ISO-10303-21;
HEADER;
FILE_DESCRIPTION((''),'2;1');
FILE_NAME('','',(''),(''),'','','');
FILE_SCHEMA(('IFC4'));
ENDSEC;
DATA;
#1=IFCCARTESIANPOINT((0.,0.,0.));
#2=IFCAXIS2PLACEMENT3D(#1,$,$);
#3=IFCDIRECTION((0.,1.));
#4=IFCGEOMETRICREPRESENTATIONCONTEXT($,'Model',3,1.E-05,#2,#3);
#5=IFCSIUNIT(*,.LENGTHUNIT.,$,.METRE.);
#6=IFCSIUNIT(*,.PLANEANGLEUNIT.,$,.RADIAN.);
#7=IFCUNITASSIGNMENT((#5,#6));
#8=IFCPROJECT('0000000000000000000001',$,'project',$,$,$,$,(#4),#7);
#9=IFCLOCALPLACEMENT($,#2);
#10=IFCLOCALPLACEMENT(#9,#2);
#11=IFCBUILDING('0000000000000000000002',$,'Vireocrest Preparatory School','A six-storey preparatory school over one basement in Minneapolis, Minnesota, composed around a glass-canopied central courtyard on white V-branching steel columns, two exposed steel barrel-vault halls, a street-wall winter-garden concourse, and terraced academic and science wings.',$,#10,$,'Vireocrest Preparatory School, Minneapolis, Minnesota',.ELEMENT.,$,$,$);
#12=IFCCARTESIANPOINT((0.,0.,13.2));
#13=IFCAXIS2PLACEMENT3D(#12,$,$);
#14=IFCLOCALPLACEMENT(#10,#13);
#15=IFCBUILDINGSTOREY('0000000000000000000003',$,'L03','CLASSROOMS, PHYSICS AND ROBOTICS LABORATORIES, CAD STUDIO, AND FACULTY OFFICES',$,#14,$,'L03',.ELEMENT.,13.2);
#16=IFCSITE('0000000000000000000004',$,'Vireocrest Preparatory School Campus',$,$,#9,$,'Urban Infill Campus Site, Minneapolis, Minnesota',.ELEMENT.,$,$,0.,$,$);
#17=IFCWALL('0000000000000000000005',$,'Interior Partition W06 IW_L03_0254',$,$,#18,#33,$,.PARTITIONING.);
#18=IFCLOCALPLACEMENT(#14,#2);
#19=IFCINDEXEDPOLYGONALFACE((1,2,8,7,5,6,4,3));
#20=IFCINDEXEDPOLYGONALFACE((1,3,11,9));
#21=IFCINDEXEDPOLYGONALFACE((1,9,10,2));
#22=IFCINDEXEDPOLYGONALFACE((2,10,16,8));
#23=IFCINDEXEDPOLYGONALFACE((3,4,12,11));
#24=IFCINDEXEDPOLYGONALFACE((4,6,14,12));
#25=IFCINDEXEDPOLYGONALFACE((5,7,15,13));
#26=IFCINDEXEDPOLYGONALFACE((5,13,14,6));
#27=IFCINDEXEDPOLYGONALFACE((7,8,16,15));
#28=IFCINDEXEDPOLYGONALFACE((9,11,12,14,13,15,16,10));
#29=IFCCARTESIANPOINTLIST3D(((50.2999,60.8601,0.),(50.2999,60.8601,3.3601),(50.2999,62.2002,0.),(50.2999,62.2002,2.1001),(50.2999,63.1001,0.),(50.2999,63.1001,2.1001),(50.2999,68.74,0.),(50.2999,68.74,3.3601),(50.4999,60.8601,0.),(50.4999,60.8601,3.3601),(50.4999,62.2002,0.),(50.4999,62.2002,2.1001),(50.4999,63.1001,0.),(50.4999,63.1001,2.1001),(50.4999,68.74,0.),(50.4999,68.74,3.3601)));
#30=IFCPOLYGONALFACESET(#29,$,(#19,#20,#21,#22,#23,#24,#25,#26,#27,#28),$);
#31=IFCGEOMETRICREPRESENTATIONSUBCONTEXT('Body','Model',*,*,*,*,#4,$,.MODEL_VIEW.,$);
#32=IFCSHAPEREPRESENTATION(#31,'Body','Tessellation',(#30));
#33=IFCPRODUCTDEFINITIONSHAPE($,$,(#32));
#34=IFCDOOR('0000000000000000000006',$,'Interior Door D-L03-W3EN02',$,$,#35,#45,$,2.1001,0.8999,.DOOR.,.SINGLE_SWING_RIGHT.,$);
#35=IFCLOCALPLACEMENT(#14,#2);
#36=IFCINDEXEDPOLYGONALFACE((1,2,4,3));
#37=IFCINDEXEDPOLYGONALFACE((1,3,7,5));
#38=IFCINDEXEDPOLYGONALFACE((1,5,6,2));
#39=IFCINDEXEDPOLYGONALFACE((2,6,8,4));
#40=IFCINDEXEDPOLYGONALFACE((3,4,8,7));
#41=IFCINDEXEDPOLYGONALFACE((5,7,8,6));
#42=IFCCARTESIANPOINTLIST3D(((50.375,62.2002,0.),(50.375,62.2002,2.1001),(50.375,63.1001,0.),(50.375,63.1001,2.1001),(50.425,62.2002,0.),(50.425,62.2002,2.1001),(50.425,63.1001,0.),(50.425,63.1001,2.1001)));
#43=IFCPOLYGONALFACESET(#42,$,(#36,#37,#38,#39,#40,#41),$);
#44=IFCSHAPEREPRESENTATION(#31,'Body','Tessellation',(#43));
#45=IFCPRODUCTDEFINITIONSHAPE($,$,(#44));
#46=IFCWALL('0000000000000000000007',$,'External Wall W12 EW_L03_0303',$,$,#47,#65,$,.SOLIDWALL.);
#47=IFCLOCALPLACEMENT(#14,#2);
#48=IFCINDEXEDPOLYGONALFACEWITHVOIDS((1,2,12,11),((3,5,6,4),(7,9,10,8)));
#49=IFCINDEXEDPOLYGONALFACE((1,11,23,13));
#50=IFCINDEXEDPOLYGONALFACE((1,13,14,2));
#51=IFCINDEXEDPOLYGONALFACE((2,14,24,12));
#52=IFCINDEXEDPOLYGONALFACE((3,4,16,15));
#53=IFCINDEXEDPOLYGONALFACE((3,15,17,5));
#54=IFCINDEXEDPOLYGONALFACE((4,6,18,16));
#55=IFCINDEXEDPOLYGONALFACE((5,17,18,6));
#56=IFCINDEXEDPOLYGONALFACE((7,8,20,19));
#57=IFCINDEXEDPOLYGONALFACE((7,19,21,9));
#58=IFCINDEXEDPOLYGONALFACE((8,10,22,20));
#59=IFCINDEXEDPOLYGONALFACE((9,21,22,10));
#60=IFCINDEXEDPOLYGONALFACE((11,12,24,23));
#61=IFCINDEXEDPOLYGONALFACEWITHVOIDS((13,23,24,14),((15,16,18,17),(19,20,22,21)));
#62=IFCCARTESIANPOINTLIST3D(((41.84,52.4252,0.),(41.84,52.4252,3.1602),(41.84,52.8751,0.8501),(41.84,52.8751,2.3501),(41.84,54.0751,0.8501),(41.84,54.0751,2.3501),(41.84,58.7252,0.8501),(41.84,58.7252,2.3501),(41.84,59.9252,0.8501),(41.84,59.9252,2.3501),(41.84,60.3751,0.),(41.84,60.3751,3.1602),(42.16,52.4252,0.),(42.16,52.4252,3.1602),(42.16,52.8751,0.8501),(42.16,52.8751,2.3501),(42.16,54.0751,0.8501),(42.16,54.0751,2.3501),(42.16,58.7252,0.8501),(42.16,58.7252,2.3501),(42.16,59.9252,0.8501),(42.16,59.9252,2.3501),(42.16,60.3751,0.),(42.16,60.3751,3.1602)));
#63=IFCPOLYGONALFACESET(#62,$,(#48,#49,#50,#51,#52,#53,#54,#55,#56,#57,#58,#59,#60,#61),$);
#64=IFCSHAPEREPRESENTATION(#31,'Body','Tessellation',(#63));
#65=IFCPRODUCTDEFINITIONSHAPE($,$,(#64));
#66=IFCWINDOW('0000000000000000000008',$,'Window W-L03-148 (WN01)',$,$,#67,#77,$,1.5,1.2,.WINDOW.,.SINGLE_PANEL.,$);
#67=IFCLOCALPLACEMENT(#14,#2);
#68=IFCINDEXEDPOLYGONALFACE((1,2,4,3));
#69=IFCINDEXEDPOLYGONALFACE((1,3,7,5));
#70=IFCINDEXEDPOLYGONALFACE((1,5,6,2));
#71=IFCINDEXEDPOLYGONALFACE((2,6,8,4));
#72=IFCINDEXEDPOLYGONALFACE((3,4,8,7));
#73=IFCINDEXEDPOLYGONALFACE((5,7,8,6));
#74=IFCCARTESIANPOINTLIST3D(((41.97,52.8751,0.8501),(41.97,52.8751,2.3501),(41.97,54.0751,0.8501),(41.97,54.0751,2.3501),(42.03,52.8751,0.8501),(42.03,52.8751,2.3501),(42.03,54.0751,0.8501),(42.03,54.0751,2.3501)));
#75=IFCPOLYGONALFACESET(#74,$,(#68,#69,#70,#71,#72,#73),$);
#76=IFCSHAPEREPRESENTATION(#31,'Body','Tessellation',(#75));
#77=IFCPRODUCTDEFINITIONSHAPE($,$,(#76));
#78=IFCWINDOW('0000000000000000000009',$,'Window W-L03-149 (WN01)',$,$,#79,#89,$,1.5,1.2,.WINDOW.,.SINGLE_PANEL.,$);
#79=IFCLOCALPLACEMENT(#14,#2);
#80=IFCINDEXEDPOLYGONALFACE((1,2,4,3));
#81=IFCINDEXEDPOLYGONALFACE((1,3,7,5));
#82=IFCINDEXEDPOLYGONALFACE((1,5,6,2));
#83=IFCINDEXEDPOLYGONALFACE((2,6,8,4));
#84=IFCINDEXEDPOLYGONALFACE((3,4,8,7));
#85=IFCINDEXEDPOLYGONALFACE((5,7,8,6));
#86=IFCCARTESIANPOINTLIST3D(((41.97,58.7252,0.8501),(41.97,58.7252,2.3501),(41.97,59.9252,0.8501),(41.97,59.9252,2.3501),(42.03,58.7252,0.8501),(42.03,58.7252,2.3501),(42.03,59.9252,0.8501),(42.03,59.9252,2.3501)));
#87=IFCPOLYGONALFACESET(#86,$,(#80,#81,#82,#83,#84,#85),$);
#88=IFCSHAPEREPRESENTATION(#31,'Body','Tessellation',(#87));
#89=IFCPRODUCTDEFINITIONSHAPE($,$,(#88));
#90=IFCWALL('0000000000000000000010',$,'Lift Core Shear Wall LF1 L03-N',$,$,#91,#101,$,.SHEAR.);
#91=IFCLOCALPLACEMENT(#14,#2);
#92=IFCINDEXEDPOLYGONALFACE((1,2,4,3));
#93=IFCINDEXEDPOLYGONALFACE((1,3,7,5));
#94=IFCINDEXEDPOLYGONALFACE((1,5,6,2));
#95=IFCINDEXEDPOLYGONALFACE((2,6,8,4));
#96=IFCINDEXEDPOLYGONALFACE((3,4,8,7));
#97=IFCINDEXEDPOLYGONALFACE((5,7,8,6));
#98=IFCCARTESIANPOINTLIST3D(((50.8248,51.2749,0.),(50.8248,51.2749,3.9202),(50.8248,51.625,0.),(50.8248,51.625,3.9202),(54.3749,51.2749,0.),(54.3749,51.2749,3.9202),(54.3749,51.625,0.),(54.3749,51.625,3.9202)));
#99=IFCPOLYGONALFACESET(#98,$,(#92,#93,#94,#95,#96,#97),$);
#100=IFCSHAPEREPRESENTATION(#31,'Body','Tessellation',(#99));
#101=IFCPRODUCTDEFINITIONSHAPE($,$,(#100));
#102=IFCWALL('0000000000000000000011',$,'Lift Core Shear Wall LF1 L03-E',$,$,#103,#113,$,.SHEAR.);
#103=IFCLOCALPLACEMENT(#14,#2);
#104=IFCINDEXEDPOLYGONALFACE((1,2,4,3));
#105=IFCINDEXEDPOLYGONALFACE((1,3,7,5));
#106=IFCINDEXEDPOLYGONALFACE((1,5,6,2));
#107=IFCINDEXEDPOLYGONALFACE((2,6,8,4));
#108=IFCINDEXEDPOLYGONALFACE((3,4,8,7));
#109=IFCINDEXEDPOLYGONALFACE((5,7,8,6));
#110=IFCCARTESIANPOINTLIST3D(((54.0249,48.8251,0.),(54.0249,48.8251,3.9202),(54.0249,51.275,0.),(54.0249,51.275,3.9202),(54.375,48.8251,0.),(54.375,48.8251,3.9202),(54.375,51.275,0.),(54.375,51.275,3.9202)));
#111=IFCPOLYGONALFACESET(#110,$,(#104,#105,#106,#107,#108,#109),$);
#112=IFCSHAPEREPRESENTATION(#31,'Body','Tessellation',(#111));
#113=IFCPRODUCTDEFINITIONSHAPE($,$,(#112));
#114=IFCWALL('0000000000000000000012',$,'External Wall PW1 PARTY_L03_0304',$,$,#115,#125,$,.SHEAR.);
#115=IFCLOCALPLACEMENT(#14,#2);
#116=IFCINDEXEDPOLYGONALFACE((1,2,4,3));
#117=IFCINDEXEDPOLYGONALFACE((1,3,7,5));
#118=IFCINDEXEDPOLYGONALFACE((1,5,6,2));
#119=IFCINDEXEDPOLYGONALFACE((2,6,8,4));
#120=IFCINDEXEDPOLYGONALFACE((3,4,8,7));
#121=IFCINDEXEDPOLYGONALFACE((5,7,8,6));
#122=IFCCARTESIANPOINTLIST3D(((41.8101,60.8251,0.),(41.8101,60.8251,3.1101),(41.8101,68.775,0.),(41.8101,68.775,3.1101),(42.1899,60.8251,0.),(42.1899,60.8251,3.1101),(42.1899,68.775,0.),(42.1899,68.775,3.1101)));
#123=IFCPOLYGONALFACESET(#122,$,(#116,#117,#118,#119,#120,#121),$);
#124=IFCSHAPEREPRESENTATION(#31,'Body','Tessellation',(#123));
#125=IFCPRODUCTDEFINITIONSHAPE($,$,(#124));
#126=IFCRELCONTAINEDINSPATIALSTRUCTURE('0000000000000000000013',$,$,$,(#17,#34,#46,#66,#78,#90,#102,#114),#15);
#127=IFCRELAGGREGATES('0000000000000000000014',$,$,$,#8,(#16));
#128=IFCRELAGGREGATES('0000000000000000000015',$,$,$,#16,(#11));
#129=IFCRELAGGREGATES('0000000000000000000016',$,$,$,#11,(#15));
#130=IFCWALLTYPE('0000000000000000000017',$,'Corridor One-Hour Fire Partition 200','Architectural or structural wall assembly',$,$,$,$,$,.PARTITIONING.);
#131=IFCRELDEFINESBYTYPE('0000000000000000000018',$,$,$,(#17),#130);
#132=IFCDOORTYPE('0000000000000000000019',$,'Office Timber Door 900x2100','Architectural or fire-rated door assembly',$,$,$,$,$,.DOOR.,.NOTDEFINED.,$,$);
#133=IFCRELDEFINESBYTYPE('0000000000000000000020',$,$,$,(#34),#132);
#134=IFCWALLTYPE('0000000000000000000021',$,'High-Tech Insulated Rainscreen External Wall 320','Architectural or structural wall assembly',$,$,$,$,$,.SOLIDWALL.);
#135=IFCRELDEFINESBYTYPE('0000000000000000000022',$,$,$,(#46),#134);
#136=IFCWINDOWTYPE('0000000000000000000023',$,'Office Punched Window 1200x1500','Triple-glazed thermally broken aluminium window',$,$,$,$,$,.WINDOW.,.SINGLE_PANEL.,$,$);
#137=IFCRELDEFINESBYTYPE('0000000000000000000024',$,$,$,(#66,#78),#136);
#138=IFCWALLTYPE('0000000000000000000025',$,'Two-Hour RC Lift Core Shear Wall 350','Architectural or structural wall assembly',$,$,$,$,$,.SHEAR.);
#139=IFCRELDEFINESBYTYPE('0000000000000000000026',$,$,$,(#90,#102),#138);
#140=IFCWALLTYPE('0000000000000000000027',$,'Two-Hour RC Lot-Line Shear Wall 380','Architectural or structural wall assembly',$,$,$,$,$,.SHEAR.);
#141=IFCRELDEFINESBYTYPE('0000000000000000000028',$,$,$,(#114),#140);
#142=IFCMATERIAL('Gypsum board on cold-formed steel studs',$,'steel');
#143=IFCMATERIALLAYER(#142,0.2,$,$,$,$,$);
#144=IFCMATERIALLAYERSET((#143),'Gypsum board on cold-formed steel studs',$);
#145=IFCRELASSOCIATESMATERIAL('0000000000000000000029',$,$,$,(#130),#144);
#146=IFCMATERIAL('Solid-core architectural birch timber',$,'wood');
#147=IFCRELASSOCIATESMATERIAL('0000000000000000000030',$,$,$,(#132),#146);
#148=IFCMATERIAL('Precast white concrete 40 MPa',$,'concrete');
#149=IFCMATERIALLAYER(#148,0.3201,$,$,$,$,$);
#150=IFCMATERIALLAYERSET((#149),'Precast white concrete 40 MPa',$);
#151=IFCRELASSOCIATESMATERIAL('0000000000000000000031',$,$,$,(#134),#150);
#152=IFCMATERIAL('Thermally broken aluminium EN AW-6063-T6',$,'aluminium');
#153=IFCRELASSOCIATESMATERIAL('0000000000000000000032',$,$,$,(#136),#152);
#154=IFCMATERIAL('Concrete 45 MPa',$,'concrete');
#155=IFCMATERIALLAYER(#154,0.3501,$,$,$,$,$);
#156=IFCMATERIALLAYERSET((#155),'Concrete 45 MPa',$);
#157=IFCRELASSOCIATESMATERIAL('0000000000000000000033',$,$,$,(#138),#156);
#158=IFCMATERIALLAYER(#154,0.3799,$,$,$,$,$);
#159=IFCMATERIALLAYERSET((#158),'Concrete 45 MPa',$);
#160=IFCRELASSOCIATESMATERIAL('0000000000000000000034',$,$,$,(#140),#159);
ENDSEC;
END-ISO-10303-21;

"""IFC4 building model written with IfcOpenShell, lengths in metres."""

from ifc_helpers import new_model, si_unit, direction, frame, frame_2d, origin, place, context, subcontext, project, spatial, rectangle, extrude, material, layer, layer_set, type_object, element, fill, save


model = new_model("IFC4")

# Units and contexts
model_context = context("Model", 3, precision=1e-05, world=origin(), true_north=direction((0.0, 1.0)))
body_context = subcontext(model_context, "Body", "Model", "MODEL_VIEW")
ifc_project = project(units=[si_unit("LENGTHUNIT", "METRE"), si_unit("PLANEANGLEUNIT", "RADIAN")], contexts=[model_context])

# Site, building, storey
site_placement = place(None, origin())
site = spatial("IfcSite", under=ifc_project, at=site_placement, Name="Vireocrest Preparatory School Campus", LongName="Urban Infill Campus Site, Minneapolis, Minnesota", CompositionType="ELEMENT", RefElevation=0.0)
building_placement = place(site_placement, origin())
building = spatial("IfcBuilding", under=site, at=building_placement, Name="Vireocrest Preparatory School", Description="A six-storey preparatory school over one basement in Minneapolis, Minnesota, composed around a glass-canopied central courtyard on white V-branching steel columns, two exposed steel barrel-vault halls, a street-wall winter-garden concourse, and terraced academic and science wings.", LongName="Vireocrest Preparatory School, Minneapolis, Minnesota", CompositionType="ELEMENT")
storey_placement = place(building_placement, frame((0.0, 0.0, 13.2)))
storey = spatial("IfcBuildingStorey", under=building, at=storey_placement, Name="L03", Description="CLASSROOMS, PHYSICS AND ROBOTICS LABORATORIES, CAD STUDIO, AND FACULTY OFFICES", LongName="L03", CompositionType="ELEMENT", Elevation=13.2)

# Shared definitions
ifc_material_1 = material(Name="Concrete 45 MPa", Category="concrete")

# Shared definitions
ifc_material_2 = material(Name="Thermally broken aluminium EN AW-6063-T6", Category="aluminium")

# Shared definitions
ifc_material_3 = material(Name="Gypsum board on cold-formed steel studs", Category="steel")

# Wall, opening, door
ifc_layer_1 = layer(ifc_material_3, 0.2)
ifc_layer_set_1 = layer_set([ifc_layer_1], Name="Gypsum board on cold-formed steel studs")
wall_type_1 = type_object("IfcWallType", Name="Corridor One-Hour Fire Partition 200", Description="Architectural or structural wall assembly", PredefinedType="PARTITIONING", material=ifc_layer_set_1)
ifc_material_4 = material(Name="Solid-core architectural birch timber", Category="wood")
wall_1_placement = place(storey_placement, frame((50.3999, 60.8601, 0.0), z_axis=(0.0, 0.0, 1.0), x_axis=(0.0, 1.0, 0.0)))
wall_1 = element("IfcWall", 1, at=wall_1_placement, inside=storey, type_object=wall_type_1, Name="Interior Partition W06 IW_L03_0254", PredefinedType="PARTITIONING", context=body_context, shape_type="SweptSolid", body=[
    extrude(rectangle(XDim=7.8799, YDim=0.2, at=frame_2d((3.9399, 0.0))), origin(), (0.0, 0.0, 1.0), 3.3601),
])
opening_1_placement = place(wall_1_placement, frame((1.3401, 0.0, 0.0)))
opening_1 = element("IfcOpeningElement", 2, at=opening_1_placement, cuts=wall_1, PredefinedType="OPENING", context=body_context, shape_type="SweptSolid", body=[
    extrude(rectangle(XDim=0.8999, YDim=2.1001, at=frame_2d((0.45, 1.05))), frame((0.0, 0.1099, 0.0), z_axis=(0.0, -1.0, 0.0), x_axis=(1.0, 0.0, 0.0)), (0.0, 0.0, 1.0), 0.22),
])
door_type_1 = type_object("IfcDoorType", Name="Office Timber Door 900x2100", Description="Architectural or fire-rated door assembly", OperationType="NOTDEFINED", PredefinedType="DOOR", material=ifc_material_4)
door_1_placement = place(opening_1_placement, origin())
door_1 = element("IfcDoor", 3, at=door_1_placement, inside=storey, type_object=door_type_1, Name="Interior Door D-L03-W3EN02", OperationType="SINGLE_SWING_RIGHT", OverallHeight=2.1001, OverallWidth=0.8999, PredefinedType="DOOR", context=body_context, shape_type="SweptSolid", body=[
    extrude(rectangle(XDim=0.8999, YDim=2.1001, at=frame_2d((0.45, 1.05))), frame((0.0, 0.0249, 0.0), z_axis=(0.0, -1.0, 0.0), x_axis=(1.0, 0.0, 0.0)), (0.0, 0.0, 1.0), 0.05),
])
fill(opening_1, door_1)

# Wall, openings, windows
ifc_material_5 = material(Name="Precast white concrete 40 MPa", Category="concrete")
ifc_layer_2 = layer(ifc_material_5, 0.3201)
ifc_layer_set_2 = layer_set([ifc_layer_2], Name="Precast white concrete 40 MPa")
wall_type_2 = type_object("IfcWallType", Name="High-Tech Insulated Rainscreen External Wall 320", Description="Architectural or structural wall assembly", PredefinedType="SOLIDWALL", material=ifc_layer_set_2)
wall_2_placement = place(storey_placement, frame((42.0, 52.425, 0.0), z_axis=(0.0, 0.0, 1.0), x_axis=(0.0, 1.0, 0.0)))
wall_2 = element("IfcWall", 4, at=wall_2_placement, inside=storey, type_object=wall_type_2, Name="External Wall W12 EW_L03_0303", PredefinedType="SOLIDWALL", context=body_context, shape_type="SweptSolid", body=[
    extrude(rectangle(XDim=7.95, YDim=0.3201, at=frame_2d((3.9751, 0.0))), origin(), (0.0, 0.0, 1.0), 3.1602),
])
opening_2_placement = place(wall_2_placement, frame((0.45, 0.0, 0.8501)))
opening_2 = element("IfcOpeningElement", 5, at=opening_2_placement, cuts=wall_2, PredefinedType="OPENING", context=body_context, shape_type="SweptSolid", body=[
    extrude(rectangle(XDim=1.2, YDim=1.5, at=frame_2d((0.6001, 0.75))), frame((0.0, 0.1699, 0.0), z_axis=(0.0, -1.0, 0.0), x_axis=(1.0, 0.0, 0.0)), (0.0, 0.0, 1.0), 0.3401),
])
opening_3_placement = place(wall_2_placement, frame((6.3, 0.0, 0.8501)))
opening_3 = element("IfcOpeningElement", 6, at=opening_3_placement, cuts=wall_2, PredefinedType="OPENING", context=body_context, shape_type="SweptSolid", body=[
    extrude(rectangle(XDim=1.2, YDim=1.5, at=frame_2d((0.6001, 0.75))), frame((0.0, 0.1699, 0.0), z_axis=(0.0, -1.0, 0.0), x_axis=(1.0, 0.0, 0.0)), (0.0, 0.0, 1.0), 0.3401),
])
window_type = type_object("IfcWindowType", Name="Office Punched Window 1200x1500", Description="Triple-glazed thermally broken aluminium window", PartitioningType="SINGLE_PANEL", PredefinedType="WINDOW", material=ifc_material_2)
window_1_placement = place(opening_2_placement, origin())
window_1 = element("IfcWindow", 7, at=window_1_placement, inside=storey, type_object=window_type, Name="Window W-L03-148 (WN01)", OverallHeight=1.5, OverallWidth=1.2, PartitioningType="SINGLE_PANEL", PredefinedType="WINDOW", context=body_context, shape_type="SweptSolid", body=[
    extrude(rectangle(XDim=1.2, YDim=1.5, at=frame_2d((0.6001, 0.75))), frame((0.0, 0.03, 0.0), z_axis=(0.0, -1.0, 0.0), x_axis=(1.0, 0.0, 0.0)), (0.0, 0.0, 1.0), 0.0601),
])
fill(opening_2, window_1)
window_2_placement = place(opening_3_placement, origin())
window_2 = element("IfcWindow", 8, at=window_2_placement, inside=storey, type_object=window_type, Name="Window W-L03-149 (WN01)", OverallHeight=1.5, OverallWidth=1.2, PartitioningType="SINGLE_PANEL", PredefinedType="WINDOW", context=body_context, shape_type="SweptSolid", body=[
    extrude(rectangle(XDim=1.2, YDim=1.5, at=frame_2d((0.6001, 0.75))), frame((0.0, 0.03, 0.0), z_axis=(0.0, -1.0, 0.0), x_axis=(1.0, 0.0, 0.0)), (0.0, 0.0, 1.0), 0.0601),
])
fill(opening_3, window_2)

# Walls
ifc_layer_3 = layer(ifc_material_1, 0.3501)
ifc_layer_set_3 = layer_set([ifc_layer_3], Name="Concrete 45 MPa")
wall_type_3 = type_object("IfcWallType", Name="Two-Hour RC Lift Core Shear Wall 350", Description="Architectural or structural wall assembly", PredefinedType="SHEAR", material=ifc_layer_set_3)
wall_3_placement = place(storey_placement, frame((50.825, 51.45, 0.0), z_axis=(0.0, 0.0, 1.0), x_axis=(1.0, 0.0, 0.0)))
element("IfcWall", 9, at=wall_3_placement, inside=storey, type_object=wall_type_3, Name="Lift Core Shear Wall LF1 L03-N", PredefinedType="SHEAR", context=body_context, shape_type="SweptSolid", body=[
    extrude(rectangle(XDim=3.55, YDim=0.3501, at=frame_2d((1.7749, 0.0))), origin(), (0.0, 0.0, 1.0), 3.9202),
])
wall_4_placement = place(storey_placement, frame((54.2, 48.825, 0.0), z_axis=(0.0, 0.0, 1.0), x_axis=(0.0, 1.0, 0.0)))
element("IfcWall", 10, at=wall_4_placement, inside=storey, type_object=wall_type_3, Name="Lift Core Shear Wall LF1 L03-E", PredefinedType="SHEAR", context=body_context, shape_type="SweptSolid", body=[
    extrude(rectangle(XDim=2.45, YDim=0.3501, at=frame_2d((1.2251, 0.0))), origin(), (0.0, 0.0, 1.0), 3.9202),
])
ifc_layer_4 = layer(ifc_material_1, 0.3799)
ifc_layer_set_4 = layer_set([ifc_layer_4], Name="Concrete 45 MPa")
wall_type_4 = type_object("IfcWallType", Name="Two-Hour RC Lot-Line Shear Wall 380", Description="Architectural or structural wall assembly", PredefinedType="SHEAR", material=ifc_layer_set_4)
wall_5_placement = place(storey_placement, frame((42.0, 60.825, 0.0), z_axis=(0.0, 0.0, 1.0), x_axis=(0.0, 1.0, 0.0)))
element("IfcWall", 11, at=wall_5_placement, inside=storey, type_object=wall_type_4, Name="External Wall PW1 PARTY_L03_0304", PredefinedType="SHEAR", context=body_context, shape_type="SweptSolid", body=[
    extrude(rectangle(XDim=7.95, YDim=0.3799, at=frame_2d((3.9751, 0.0))), origin(), (0.0, 0.0, 1.0), 3.1101),
])

save(model, "model.ifc")
